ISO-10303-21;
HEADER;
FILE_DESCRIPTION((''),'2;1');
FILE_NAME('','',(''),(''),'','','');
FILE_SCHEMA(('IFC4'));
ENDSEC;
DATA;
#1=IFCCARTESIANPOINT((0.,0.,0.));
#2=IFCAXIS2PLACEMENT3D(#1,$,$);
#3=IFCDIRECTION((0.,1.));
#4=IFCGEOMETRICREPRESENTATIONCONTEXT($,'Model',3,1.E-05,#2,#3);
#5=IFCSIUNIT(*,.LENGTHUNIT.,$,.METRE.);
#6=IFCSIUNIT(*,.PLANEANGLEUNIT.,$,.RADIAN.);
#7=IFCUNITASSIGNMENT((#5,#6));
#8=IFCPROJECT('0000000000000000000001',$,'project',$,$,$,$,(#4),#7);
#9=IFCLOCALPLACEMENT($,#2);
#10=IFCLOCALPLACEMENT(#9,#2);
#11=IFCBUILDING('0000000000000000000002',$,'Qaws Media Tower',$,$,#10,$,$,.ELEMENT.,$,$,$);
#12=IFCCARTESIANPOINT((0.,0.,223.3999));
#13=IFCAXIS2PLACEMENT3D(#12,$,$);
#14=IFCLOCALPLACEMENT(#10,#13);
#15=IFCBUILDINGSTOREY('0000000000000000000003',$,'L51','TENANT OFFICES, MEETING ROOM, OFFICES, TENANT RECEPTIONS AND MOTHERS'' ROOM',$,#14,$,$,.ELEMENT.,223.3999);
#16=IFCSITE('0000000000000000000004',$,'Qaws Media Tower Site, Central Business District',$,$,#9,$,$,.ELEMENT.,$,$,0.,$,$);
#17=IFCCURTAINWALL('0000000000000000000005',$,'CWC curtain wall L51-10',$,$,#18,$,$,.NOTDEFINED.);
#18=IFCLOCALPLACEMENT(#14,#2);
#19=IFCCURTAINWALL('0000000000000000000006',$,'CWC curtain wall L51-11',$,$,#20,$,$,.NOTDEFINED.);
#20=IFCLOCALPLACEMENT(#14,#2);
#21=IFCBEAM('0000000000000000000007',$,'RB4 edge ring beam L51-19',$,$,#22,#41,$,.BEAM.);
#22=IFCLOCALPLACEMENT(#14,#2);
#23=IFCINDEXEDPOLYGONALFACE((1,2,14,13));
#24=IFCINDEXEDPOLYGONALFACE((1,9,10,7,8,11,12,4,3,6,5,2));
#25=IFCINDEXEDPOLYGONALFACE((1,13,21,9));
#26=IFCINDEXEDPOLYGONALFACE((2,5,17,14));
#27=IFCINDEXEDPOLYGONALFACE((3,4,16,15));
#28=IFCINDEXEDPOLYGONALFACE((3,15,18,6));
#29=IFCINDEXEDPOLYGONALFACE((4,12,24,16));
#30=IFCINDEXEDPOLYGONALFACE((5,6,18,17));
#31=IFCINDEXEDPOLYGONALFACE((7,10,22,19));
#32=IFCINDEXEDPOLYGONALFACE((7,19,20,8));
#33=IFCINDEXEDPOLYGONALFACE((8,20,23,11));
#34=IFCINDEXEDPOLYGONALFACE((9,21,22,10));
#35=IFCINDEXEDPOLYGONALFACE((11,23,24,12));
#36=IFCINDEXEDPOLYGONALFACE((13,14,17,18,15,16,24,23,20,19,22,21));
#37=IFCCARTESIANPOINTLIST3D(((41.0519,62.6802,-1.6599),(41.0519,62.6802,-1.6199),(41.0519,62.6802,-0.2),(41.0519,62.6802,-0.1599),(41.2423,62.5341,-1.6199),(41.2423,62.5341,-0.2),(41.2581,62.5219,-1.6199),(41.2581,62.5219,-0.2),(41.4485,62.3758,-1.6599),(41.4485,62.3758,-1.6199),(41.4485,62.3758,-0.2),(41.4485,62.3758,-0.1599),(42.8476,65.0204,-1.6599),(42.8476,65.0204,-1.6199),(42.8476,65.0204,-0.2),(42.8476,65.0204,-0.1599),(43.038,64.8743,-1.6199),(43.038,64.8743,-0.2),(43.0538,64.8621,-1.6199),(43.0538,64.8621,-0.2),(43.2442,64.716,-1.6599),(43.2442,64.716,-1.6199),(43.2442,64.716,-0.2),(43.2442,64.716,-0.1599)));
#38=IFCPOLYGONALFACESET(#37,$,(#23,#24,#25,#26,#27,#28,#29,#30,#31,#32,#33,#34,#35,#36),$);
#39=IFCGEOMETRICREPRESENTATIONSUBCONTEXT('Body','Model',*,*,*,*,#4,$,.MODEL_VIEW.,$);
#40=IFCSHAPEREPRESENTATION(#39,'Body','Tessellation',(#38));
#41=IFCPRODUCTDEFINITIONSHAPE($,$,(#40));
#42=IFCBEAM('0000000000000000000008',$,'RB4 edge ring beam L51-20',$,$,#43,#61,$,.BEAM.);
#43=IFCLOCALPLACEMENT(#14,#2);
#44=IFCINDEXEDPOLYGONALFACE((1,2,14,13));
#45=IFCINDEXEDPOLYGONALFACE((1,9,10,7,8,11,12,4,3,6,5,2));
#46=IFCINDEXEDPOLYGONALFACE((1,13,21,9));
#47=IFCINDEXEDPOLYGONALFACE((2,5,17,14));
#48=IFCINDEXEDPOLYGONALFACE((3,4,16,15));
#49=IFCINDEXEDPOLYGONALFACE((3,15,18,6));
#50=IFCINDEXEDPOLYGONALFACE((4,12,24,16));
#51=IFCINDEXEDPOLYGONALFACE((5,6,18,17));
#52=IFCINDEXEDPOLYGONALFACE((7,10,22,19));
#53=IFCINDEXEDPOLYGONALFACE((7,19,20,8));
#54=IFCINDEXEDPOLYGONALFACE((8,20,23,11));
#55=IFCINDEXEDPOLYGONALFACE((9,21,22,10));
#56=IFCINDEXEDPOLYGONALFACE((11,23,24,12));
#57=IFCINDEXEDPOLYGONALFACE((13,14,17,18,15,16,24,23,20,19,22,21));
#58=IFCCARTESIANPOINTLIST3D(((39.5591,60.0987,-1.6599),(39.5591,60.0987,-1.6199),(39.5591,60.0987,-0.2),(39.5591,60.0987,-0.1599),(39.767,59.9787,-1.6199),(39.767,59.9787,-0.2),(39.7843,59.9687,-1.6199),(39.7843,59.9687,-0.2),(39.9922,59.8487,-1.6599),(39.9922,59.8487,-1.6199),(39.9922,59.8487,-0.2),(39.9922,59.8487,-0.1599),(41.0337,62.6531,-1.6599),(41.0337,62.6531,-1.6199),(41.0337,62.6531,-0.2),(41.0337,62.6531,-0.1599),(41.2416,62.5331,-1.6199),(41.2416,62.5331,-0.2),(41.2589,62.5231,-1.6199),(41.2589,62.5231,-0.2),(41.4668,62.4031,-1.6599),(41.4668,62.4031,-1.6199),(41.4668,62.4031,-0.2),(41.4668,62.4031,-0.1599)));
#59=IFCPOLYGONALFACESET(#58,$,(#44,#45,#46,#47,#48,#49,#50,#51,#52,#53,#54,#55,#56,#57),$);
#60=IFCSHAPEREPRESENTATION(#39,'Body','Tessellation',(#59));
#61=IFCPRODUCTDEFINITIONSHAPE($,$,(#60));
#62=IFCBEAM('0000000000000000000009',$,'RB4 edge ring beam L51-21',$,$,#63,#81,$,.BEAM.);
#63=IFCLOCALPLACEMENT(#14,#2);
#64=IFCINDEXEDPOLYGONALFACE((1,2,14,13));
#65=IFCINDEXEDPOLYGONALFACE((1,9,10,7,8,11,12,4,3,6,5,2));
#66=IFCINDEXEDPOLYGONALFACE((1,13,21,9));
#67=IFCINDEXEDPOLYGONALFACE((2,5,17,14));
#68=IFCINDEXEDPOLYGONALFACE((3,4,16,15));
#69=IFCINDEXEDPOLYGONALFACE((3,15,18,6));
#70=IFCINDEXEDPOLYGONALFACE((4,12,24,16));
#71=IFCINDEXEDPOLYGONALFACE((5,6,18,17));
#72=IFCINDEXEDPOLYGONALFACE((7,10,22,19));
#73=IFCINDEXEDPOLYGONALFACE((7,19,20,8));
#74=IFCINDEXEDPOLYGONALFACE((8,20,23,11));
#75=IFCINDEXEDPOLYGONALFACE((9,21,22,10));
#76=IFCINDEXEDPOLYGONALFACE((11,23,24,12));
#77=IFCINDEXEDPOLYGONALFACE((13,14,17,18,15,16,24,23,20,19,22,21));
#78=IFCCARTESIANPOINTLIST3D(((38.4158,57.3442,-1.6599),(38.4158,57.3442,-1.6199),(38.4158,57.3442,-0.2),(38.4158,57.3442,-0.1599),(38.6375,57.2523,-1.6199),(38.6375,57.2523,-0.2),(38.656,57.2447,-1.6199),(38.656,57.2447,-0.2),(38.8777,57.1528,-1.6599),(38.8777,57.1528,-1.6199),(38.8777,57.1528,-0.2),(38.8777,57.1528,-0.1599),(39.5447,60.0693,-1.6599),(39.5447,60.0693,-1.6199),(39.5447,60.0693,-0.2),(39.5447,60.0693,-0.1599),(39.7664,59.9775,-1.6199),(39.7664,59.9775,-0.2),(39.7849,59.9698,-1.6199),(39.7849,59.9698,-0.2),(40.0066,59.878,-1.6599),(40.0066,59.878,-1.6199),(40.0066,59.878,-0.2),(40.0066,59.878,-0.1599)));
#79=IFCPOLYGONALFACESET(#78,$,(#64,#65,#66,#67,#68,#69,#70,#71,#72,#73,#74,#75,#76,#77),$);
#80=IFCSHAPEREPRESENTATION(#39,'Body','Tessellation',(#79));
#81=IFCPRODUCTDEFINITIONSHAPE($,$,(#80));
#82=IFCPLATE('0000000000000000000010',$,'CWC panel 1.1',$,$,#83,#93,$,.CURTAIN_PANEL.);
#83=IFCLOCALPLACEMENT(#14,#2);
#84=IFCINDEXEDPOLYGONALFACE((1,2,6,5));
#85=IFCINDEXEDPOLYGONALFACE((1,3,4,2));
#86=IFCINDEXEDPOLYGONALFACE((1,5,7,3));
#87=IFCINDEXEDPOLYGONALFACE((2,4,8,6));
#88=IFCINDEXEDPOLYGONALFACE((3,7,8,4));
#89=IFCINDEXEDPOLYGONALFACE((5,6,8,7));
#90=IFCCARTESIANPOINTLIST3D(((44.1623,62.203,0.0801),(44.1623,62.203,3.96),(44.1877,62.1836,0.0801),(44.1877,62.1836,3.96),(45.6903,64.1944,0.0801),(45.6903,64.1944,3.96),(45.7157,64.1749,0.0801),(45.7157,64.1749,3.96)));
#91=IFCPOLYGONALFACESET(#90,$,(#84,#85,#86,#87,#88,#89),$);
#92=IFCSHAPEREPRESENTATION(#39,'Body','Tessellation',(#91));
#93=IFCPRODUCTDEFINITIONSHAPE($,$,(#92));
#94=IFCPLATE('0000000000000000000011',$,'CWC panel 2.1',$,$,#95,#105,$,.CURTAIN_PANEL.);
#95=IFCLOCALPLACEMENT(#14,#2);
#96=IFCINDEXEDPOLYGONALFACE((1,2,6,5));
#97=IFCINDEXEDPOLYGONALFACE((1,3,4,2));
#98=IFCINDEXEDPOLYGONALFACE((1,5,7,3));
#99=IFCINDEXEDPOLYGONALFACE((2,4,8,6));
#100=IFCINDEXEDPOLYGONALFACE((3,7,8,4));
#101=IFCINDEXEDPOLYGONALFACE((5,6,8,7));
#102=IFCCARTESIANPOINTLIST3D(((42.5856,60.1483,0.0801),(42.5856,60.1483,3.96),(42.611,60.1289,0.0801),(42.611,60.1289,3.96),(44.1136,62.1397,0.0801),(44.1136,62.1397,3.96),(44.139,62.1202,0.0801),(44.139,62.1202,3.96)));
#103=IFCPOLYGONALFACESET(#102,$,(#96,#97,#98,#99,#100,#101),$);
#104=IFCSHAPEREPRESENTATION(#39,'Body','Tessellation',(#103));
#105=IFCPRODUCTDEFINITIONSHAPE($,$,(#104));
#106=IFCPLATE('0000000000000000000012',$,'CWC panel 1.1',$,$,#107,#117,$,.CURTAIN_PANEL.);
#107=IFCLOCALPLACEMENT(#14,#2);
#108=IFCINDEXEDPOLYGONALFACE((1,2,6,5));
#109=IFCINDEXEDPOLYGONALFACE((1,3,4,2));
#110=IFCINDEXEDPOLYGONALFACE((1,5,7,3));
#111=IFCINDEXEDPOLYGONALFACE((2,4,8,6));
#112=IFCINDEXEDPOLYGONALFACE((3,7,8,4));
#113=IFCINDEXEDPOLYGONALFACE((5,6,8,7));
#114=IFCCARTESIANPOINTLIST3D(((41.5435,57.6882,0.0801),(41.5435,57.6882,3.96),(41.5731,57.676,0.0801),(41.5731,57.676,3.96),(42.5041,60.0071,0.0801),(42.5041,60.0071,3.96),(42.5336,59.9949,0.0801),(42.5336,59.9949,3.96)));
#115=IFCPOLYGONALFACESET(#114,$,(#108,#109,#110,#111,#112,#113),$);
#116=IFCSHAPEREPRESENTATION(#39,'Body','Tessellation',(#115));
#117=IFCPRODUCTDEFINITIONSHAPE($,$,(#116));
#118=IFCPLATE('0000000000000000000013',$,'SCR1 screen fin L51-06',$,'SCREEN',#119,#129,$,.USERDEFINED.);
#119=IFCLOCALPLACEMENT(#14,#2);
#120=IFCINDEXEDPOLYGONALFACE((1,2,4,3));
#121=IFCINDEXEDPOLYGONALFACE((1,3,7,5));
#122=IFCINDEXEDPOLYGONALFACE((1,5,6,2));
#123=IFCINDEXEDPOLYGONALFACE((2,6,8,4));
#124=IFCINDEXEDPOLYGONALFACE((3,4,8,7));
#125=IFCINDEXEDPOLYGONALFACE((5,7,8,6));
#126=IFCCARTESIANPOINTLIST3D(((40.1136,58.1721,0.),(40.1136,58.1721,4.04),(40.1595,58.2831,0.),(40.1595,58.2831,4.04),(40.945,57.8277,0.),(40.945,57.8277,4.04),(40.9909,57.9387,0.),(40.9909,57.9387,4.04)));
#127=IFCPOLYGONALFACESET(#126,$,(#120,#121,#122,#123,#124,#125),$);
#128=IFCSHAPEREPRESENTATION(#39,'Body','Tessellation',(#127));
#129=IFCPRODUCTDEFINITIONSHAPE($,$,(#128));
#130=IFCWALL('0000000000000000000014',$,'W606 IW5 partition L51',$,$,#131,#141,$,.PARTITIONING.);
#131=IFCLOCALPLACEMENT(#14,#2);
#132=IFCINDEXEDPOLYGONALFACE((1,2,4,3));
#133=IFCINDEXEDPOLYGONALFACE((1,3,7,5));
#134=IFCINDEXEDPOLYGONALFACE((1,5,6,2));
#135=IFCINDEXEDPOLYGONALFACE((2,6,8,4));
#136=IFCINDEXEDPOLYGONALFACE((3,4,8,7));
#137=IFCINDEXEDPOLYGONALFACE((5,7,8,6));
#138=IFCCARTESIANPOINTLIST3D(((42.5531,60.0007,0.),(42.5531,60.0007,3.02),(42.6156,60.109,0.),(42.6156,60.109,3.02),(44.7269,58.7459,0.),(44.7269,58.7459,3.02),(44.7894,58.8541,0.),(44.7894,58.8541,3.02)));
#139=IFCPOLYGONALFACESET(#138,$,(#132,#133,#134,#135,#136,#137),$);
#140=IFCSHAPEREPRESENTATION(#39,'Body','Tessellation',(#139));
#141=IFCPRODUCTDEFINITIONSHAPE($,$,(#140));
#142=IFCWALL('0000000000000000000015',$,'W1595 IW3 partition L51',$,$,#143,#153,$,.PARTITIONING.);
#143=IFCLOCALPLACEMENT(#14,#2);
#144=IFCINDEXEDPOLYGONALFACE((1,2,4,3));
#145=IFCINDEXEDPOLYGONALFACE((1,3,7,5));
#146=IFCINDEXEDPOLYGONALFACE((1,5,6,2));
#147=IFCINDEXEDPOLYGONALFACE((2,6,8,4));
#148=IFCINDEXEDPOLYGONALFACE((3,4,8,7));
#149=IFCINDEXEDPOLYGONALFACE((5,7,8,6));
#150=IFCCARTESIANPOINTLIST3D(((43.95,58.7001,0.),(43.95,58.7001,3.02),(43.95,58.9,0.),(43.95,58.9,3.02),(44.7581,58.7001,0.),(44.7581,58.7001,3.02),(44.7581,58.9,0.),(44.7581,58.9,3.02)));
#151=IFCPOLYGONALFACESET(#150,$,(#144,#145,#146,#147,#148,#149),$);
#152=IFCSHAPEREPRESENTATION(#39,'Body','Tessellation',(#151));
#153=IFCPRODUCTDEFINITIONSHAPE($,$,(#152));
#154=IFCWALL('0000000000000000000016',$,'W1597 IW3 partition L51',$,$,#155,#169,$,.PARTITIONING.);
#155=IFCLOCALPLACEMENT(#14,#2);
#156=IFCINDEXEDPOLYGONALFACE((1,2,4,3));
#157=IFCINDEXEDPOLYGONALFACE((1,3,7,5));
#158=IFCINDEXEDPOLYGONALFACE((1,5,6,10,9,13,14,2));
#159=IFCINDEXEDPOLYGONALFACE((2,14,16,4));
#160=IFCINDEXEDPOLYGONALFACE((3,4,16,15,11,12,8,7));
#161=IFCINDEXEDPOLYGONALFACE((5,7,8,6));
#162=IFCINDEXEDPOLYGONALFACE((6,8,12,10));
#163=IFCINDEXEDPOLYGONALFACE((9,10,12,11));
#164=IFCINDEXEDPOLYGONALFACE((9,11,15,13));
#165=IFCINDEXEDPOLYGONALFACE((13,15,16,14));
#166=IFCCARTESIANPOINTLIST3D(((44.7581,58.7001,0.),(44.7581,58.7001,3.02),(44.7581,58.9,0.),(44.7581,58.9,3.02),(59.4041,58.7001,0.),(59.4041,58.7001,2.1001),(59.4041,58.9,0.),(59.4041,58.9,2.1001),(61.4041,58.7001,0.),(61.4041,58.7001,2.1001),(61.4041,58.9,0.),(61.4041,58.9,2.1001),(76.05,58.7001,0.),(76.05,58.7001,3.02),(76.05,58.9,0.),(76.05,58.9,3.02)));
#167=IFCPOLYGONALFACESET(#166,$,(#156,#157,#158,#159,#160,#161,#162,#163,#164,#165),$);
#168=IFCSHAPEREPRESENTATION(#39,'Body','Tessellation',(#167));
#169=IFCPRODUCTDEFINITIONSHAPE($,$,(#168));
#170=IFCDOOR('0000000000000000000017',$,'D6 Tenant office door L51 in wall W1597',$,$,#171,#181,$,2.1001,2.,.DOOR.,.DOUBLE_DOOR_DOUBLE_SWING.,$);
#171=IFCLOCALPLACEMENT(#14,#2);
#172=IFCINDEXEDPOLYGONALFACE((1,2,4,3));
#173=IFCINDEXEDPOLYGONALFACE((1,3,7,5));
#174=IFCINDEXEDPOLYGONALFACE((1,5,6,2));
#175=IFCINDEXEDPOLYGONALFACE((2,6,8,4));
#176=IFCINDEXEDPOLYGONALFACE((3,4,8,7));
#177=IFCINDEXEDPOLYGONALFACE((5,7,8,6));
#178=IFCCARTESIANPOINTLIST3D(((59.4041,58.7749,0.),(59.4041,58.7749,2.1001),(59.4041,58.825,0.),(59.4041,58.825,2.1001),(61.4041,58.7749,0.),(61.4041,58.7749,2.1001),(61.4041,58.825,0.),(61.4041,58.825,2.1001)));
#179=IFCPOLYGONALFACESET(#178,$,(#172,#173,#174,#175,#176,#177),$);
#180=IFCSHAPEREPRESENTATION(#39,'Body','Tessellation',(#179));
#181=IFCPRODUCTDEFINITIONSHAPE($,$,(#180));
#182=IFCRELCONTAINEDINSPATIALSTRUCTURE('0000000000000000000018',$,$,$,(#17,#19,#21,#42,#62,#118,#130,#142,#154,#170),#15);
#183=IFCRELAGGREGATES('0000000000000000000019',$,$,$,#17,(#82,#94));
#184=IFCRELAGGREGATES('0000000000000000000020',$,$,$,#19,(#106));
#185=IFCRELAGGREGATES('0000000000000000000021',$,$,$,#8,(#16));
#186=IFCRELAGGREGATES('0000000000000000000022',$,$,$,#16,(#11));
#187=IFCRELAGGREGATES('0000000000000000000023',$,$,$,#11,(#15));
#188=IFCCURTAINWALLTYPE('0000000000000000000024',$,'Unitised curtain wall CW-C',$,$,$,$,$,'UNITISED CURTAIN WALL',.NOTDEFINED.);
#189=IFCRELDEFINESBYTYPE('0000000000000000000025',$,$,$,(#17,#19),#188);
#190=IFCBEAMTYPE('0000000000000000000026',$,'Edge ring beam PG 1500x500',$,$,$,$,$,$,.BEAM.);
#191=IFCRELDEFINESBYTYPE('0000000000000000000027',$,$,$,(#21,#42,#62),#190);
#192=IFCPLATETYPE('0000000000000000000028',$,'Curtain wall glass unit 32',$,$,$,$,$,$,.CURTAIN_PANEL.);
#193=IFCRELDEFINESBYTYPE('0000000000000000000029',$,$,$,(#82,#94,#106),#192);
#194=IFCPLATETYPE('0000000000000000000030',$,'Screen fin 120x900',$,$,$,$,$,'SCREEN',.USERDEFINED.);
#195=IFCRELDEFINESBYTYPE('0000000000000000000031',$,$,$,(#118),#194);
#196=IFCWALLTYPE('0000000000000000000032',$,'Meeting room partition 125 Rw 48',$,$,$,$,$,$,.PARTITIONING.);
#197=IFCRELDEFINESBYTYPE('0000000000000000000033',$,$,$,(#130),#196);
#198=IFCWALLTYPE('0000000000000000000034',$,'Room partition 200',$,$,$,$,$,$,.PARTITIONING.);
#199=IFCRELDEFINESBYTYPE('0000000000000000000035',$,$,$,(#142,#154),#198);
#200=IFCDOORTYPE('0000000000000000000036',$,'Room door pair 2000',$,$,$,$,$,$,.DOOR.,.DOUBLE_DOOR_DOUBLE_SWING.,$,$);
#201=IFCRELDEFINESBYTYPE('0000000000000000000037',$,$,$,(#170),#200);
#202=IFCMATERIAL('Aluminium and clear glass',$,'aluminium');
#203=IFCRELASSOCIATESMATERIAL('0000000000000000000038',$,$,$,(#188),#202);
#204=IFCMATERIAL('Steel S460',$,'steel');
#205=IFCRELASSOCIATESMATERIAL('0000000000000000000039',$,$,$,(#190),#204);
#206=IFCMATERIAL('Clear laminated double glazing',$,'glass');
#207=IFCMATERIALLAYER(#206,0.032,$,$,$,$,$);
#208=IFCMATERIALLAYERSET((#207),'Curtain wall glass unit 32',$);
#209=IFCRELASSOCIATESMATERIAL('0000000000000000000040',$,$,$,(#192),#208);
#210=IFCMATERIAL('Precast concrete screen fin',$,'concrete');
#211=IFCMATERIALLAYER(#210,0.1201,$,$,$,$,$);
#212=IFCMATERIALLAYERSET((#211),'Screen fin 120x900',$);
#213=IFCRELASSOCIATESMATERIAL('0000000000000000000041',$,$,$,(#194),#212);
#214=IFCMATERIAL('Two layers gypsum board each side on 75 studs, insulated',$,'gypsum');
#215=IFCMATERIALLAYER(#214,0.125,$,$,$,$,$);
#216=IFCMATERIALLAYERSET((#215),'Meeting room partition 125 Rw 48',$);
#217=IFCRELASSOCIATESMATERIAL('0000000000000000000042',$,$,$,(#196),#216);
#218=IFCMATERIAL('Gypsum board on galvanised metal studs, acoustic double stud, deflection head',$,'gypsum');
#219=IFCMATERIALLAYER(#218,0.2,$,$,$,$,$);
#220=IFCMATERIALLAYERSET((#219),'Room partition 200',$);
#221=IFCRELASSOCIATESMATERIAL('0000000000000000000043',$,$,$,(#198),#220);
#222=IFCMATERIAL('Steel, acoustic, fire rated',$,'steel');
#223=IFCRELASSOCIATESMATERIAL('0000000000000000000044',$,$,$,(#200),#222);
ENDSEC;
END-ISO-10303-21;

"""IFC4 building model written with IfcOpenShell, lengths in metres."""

from ifc_helpers import new_model, si_unit, direction, frame, frame_2d, origin, origin_2d, place, context, subcontext, project, spatial, rectangle, i_section, extrude, material, layer, layer_set, material_profile, profile_set, type_object, element, fill, aggregate, save


model = new_model("IFC4")

# Units and contexts
model_context = context("Model", 3, precision=1e-05, world=origin(), true_north=direction((0.0, 1.0)))
body_context = subcontext(model_context, "Body", "Model", "MODEL_VIEW")
ifc_project = project(units=[si_unit("LENGTHUNIT", "METRE"), si_unit("PLANEANGLEUNIT", "RADIAN")], contexts=[model_context])

# Site, building, storey
site_placement = place(None, origin())
site = spatial("IfcSite", under=ifc_project, at=site_placement, Name="Qaws Media Tower Site, Central Business District", CompositionType="ELEMENT", RefElevation=0.0)
building_placement = place(site_placement, origin())
building = spatial("IfcBuilding", under=site, at=building_placement, Name="Qaws Media Tower", CompositionType="ELEMENT")
storey_placement = place(building_placement, frame((0.0, 0.0, 223.3999)))
storey = spatial("IfcBuildingStorey", under=building, at=storey_placement, Name="L51", Description="TENANT OFFICES, MEETING ROOM, OFFICES, TENANT RECEPTIONS AND MOTHERS' ROOM", CompositionType="ELEMENT", Elevation=223.3999)

# Curtain walls
ifc_material_1 = material(Name="Aluminium and clear glass", Category="aluminium")
curtain_wall_type = type_object("IfcCurtainWallType", Name="Unitised curtain wall CW-C", ElementType="UNITISED CURTAIN WALL", PredefinedType="NOTDEFINED", material=ifc_material_1)
curtain_wall_1_placement = place(storey_placement, origin())
curtain_wall_1 = element("IfcCurtainWall", 1, at=curtain_wall_1_placement, inside=storey, type_object=curtain_wall_type, Name="CWC curtain wall L51-10", PredefinedType="NOTDEFINED")
curtain_wall_2_placement = place(storey_placement, origin())
curtain_wall_2 = element("IfcCurtainWall", 2, at=curtain_wall_2_placement, inside=storey, type_object=curtain_wall_type, Name="CWC curtain wall L51-11", PredefinedType="NOTDEFINED")

# Beams
ifc_material_2 = material(Name="Steel S460", Category="steel")
ifc_material_profile_1 = material_profile(ifc_material_2, i_section(OverallWidth=0.5, OverallDepth=1.5, WebThickness=0.02, FlangeThickness=0.04, at=origin_2d()), Name="PG 1500x500")
ifc_profile_set_1 = profile_set([ifc_material_profile_1], Name="Steel S460")
beam_type = type_object("IfcBeamType", Name="Edge ring beam PG 1500x500", PredefinedType="BEAM", material=ifc_profile_set_1)
beam_1_placement = place(storey_placement, frame((43.0459, 64.8682, -0.9099), z_axis=(-0.60877, -0.793347, 0.0), x_axis=(0.793347, -0.60877, 0.0)))
element("IfcBeam", 3, at=beam_1_placement, inside=storey, type_object=beam_type, Name="RB4 edge ring beam L51-19", PredefinedType="BEAM", context=body_context, shape_type="SweptSolid", body=[
    extrude(i_section(OverallWidth=0.5, OverallDepth=1.5, WebThickness=0.02, FlangeThickness=0.04, at=origin_2d()), origin(), (0.0, 0.0, 1.0), 2.9497),
])
beam_2_placement = place(storey_placement, frame((41.2502, 62.5281, -0.9099), z_axis=(-0.499949, -0.866055, 0.0), x_axis=(0.866055, -0.499949, 0.0)))
element("IfcBeam", 4, at=beam_2_placement, inside=storey, type_object=beam_type, Name="RB4 edge ring beam L51-20", PredefinedType="BEAM", context=body_context, shape_type="SweptSolid", body=[
    extrude(i_section(OverallWidth=0.5, OverallDepth=1.5, WebThickness=0.02, FlangeThickness=0.04, at=origin_2d()), origin(), (0.0, 0.0, 1.0), 2.9495),
])
beam_3_placement = place(storey_placement, frame((39.7756, 59.9736, -0.9099), z_axis=(-0.382722, -0.923863, 0.0), x_axis=(0.923863, -0.382722, 0.0)))
element("IfcBeam", 5, at=beam_3_placement, inside=storey, type_object=beam_type, Name="RB4 edge ring beam L51-21", PredefinedType="BEAM", context=body_context, shape_type="SweptSolid", body=[
    extrude(i_section(OverallWidth=0.5, OverallDepth=1.5, WebThickness=0.02, FlangeThickness=0.04, at=origin_2d()), origin(), (0.0, 0.0, 1.0), 2.9497),
])

# Plates
ifc_material_3 = material(Name="Clear laminated double glazing", Category="glass")
ifc_layer_1 = layer(ifc_material_3, 0.032)
ifc_layer_set_1 = layer_set([ifc_layer_1], Name="Curtain wall glass unit 32")
plate_type_1 = type_object("IfcPlateType", Name="Curtain wall glass unit 32", PredefinedType="CURTAIN_PANEL", material=ifc_layer_set_1)
plate_1_placement = place(storey_placement, frame((44.939, 63.189, 0.0801), z_axis=(0.0, 0.0, 1.0), x_axis=(-0.608761, -0.793353, 0.0)))
plate_1 = element("IfcPlate", 6, at=plate_1_placement, type_object=plate_type_1, Name="CWC panel 1.1", PredefinedType="CURTAIN_PANEL", context=body_context, shape_type="SweptSolid", body=[
    extrude(rectangle(XDim=2.51, YDim=0.032, at=origin_2d()), origin(), (0.0, 0.0, 1.0), 3.8799),
])
plate_2_placement = place(storey_placement, frame((43.3623, 61.1343, 0.0801), z_axis=(0.0, 0.0, 1.0), x_axis=(-0.608761, -0.793353, 0.0)))
plate_2 = element("IfcPlate", 7, at=plate_2_placement, type_object=plate_type_1, Name="CWC panel 2.1", PredefinedType="CURTAIN_PANEL", context=body_context, shape_type="SweptSolid", body=[
    extrude(rectangle(XDim=2.51, YDim=0.032, at=origin_2d()), origin(), (0.0, 0.0, 1.0), 3.8799),
])
aggregate(curtain_wall_1, [plate_1, plate_2])
plate_3_placement = place(storey_placement, frame((42.0386, 58.8416, 0.0801), z_axis=(0.0, 0.0, 1.0), x_axis=(-0.382683, -0.92388, 0.0)))
plate_3 = element("IfcPlate", 8, at=plate_3_placement, type_object=plate_type_1, Name="CWC panel 1.1", PredefinedType="CURTAIN_PANEL", context=body_context, shape_type="SweptSolid", body=[
    extrude(rectangle(XDim=2.51, YDim=0.032, at=origin_2d()), origin(), (0.0, 0.0, 1.0), 3.8799),
])
aggregate(curtain_wall_2, [plate_3])
ifc_material_4 = material(Name="Precast concrete screen fin", Category="concrete")
ifc_layer_2 = layer(ifc_material_4, 0.1201)
ifc_layer_set_2 = layer_set([ifc_layer_2], Name="Screen fin 120x900")
plate_type_2 = type_object("IfcPlateType", Name="Screen fin 120x900", ElementType="SCREEN", PredefinedType="USERDEFINED", material=ifc_layer_set_2)
plate_4_placement = place(storey_placement, frame((40.5522, 58.0554, 0.0), z_axis=(0.0, 0.0, 1.0), x_axis=(-0.92388, 0.382683, 0.0)))
element("IfcPlate", 9, at=plate_4_placement, inside=storey, type_object=plate_type_2, Name="SCR1 screen fin L51-06", ObjectType="SCREEN", PredefinedType="USERDEFINED", context=body_context, shape_type="SweptSolid", body=[
    extrude(rectangle(XDim=0.8999, YDim=0.1201, at=origin_2d()), origin(), (0.0, 0.0, 1.0), 4.04),
])

# Walls
ifc_material_5 = material(Name="Two layers gypsum board each side on 75 studs, insulated", Category="gypsum")
ifc_layer_3 = layer(ifc_material_5, 0.125)
ifc_layer_set_3 = layer_set([ifc_layer_3], Name="Meeting room partition 125 Rw 48")
wall_type_1 = type_object("IfcWallType", Name="Meeting room partition 125 Rw 48", PredefinedType="PARTITIONING", material=ifc_layer_set_3)
wall_1_placement = place(storey_placement, frame((44.7581, 58.8, 0.0), z_axis=(0.0, 0.0, 1.0), x_axis=(-0.866056, 0.499947, 0.0)))
element("IfcWall", 10, at=wall_1_placement, inside=storey, type_object=wall_type_1, Name="W606 IW5 partition L51", PredefinedType="PARTITIONING", context=body_context, shape_type="SweptSolid", body=[
    extrude(rectangle(XDim=2.51, YDim=0.125, at=frame_2d((1.2549, 0.0))), origin(), (0.0, 0.0, 1.0), 3.02),
])
ifc_material_6 = material(Name="Gypsum board on galvanised metal studs, acoustic double stud, deflection head", Category="gypsum")
ifc_layer_4 = layer(ifc_material_6, 0.2)
ifc_layer_set_4 = layer_set([ifc_layer_4], Name="Room partition 200")
wall_type_2 = type_object("IfcWallType", Name="Room partition 200", PredefinedType="PARTITIONING", material=ifc_layer_set_4)
wall_2_placement = place(storey_placement, frame((43.95, 58.8, 0.0), z_axis=(0.0, 0.0, 1.0), x_axis=(1.0, 0.0, 0.0)))
element("IfcWall", 11, at=wall_2_placement, inside=storey, type_object=wall_type_2, Name="W1595 IW3 partition L51", PredefinedType="PARTITIONING", context=body_context, shape_type="SweptSolid", body=[
    extrude(rectangle(XDim=0.8081, YDim=0.2, at=frame_2d((0.4041, 0.0))), origin(), (0.0, 0.0, 1.0), 3.02),
])

# Wall, opening, door
wall_3_placement = place(storey_placement, frame((44.7581, 58.8, 0.0), z_axis=(0.0, 0.0, 1.0), x_axis=(1.0, 0.0, 0.0)))
wall_3 = element("IfcWall", 12, at=wall_3_placement, inside=storey, type_object=wall_type_2, Name="W1597 IW3 partition L51", PredefinedType="PARTITIONING", context=body_context, shape_type="SweptSolid", body=[
    extrude(rectangle(XDim=31.292, YDim=0.2, at=frame_2d((15.646, 0.0))), origin(), (0.0, 0.0, 1.0), 3.02),
])
opening_placement = place(wall_3_placement, frame((14.646, 0.0, 0.0)))
opening = element("IfcOpeningElement", 13, at=opening_placement, cuts=wall_3, PredefinedType="OPENING", context=body_context, shape_type="SweptSolid", body=[
    extrude(rectangle(XDim=2.0, YDim=2.1001, at=frame_2d((1.0, 1.05))), frame((0.0, 0.1099, 0.0), z_axis=(0.0, -1.0, 0.0), x_axis=(1.0, 0.0, 0.0)), (0.0, 0.0, 1.0), 0.22),
])
ifc_material_7 = material(Name="Steel, acoustic, fire rated", Category="steel")
door_type = type_object("IfcDoorType", Name="Room door pair 2000", OperationType="DOUBLE_DOOR_DOUBLE_SWING", PredefinedType="DOOR", material=ifc_material_7)
door_placement = place(opening_placement, origin())
door = element("IfcDoor", 14, at=door_placement, inside=storey, type_object=door_type, Name="D6 Tenant office door L51 in wall W1597", OperationType="DOUBLE_DOOR_DOUBLE_SWING", OverallHeight=2.1001, OverallWidth=2.0, PredefinedType="DOOR", context=body_context, shape_type="SweptSolid", body=[
    extrude(rectangle(XDim=2.0, YDim=2.1001, at=frame_2d((1.0, 1.05))), frame((0.0, 0.0249, 0.0), z_axis=(0.0, -1.0, 0.0), x_axis=(1.0, 0.0, 0.0)), (0.0, 0.0, 1.0), 0.05),
])
fill(opening, door)

save(model, "model.ifc")
